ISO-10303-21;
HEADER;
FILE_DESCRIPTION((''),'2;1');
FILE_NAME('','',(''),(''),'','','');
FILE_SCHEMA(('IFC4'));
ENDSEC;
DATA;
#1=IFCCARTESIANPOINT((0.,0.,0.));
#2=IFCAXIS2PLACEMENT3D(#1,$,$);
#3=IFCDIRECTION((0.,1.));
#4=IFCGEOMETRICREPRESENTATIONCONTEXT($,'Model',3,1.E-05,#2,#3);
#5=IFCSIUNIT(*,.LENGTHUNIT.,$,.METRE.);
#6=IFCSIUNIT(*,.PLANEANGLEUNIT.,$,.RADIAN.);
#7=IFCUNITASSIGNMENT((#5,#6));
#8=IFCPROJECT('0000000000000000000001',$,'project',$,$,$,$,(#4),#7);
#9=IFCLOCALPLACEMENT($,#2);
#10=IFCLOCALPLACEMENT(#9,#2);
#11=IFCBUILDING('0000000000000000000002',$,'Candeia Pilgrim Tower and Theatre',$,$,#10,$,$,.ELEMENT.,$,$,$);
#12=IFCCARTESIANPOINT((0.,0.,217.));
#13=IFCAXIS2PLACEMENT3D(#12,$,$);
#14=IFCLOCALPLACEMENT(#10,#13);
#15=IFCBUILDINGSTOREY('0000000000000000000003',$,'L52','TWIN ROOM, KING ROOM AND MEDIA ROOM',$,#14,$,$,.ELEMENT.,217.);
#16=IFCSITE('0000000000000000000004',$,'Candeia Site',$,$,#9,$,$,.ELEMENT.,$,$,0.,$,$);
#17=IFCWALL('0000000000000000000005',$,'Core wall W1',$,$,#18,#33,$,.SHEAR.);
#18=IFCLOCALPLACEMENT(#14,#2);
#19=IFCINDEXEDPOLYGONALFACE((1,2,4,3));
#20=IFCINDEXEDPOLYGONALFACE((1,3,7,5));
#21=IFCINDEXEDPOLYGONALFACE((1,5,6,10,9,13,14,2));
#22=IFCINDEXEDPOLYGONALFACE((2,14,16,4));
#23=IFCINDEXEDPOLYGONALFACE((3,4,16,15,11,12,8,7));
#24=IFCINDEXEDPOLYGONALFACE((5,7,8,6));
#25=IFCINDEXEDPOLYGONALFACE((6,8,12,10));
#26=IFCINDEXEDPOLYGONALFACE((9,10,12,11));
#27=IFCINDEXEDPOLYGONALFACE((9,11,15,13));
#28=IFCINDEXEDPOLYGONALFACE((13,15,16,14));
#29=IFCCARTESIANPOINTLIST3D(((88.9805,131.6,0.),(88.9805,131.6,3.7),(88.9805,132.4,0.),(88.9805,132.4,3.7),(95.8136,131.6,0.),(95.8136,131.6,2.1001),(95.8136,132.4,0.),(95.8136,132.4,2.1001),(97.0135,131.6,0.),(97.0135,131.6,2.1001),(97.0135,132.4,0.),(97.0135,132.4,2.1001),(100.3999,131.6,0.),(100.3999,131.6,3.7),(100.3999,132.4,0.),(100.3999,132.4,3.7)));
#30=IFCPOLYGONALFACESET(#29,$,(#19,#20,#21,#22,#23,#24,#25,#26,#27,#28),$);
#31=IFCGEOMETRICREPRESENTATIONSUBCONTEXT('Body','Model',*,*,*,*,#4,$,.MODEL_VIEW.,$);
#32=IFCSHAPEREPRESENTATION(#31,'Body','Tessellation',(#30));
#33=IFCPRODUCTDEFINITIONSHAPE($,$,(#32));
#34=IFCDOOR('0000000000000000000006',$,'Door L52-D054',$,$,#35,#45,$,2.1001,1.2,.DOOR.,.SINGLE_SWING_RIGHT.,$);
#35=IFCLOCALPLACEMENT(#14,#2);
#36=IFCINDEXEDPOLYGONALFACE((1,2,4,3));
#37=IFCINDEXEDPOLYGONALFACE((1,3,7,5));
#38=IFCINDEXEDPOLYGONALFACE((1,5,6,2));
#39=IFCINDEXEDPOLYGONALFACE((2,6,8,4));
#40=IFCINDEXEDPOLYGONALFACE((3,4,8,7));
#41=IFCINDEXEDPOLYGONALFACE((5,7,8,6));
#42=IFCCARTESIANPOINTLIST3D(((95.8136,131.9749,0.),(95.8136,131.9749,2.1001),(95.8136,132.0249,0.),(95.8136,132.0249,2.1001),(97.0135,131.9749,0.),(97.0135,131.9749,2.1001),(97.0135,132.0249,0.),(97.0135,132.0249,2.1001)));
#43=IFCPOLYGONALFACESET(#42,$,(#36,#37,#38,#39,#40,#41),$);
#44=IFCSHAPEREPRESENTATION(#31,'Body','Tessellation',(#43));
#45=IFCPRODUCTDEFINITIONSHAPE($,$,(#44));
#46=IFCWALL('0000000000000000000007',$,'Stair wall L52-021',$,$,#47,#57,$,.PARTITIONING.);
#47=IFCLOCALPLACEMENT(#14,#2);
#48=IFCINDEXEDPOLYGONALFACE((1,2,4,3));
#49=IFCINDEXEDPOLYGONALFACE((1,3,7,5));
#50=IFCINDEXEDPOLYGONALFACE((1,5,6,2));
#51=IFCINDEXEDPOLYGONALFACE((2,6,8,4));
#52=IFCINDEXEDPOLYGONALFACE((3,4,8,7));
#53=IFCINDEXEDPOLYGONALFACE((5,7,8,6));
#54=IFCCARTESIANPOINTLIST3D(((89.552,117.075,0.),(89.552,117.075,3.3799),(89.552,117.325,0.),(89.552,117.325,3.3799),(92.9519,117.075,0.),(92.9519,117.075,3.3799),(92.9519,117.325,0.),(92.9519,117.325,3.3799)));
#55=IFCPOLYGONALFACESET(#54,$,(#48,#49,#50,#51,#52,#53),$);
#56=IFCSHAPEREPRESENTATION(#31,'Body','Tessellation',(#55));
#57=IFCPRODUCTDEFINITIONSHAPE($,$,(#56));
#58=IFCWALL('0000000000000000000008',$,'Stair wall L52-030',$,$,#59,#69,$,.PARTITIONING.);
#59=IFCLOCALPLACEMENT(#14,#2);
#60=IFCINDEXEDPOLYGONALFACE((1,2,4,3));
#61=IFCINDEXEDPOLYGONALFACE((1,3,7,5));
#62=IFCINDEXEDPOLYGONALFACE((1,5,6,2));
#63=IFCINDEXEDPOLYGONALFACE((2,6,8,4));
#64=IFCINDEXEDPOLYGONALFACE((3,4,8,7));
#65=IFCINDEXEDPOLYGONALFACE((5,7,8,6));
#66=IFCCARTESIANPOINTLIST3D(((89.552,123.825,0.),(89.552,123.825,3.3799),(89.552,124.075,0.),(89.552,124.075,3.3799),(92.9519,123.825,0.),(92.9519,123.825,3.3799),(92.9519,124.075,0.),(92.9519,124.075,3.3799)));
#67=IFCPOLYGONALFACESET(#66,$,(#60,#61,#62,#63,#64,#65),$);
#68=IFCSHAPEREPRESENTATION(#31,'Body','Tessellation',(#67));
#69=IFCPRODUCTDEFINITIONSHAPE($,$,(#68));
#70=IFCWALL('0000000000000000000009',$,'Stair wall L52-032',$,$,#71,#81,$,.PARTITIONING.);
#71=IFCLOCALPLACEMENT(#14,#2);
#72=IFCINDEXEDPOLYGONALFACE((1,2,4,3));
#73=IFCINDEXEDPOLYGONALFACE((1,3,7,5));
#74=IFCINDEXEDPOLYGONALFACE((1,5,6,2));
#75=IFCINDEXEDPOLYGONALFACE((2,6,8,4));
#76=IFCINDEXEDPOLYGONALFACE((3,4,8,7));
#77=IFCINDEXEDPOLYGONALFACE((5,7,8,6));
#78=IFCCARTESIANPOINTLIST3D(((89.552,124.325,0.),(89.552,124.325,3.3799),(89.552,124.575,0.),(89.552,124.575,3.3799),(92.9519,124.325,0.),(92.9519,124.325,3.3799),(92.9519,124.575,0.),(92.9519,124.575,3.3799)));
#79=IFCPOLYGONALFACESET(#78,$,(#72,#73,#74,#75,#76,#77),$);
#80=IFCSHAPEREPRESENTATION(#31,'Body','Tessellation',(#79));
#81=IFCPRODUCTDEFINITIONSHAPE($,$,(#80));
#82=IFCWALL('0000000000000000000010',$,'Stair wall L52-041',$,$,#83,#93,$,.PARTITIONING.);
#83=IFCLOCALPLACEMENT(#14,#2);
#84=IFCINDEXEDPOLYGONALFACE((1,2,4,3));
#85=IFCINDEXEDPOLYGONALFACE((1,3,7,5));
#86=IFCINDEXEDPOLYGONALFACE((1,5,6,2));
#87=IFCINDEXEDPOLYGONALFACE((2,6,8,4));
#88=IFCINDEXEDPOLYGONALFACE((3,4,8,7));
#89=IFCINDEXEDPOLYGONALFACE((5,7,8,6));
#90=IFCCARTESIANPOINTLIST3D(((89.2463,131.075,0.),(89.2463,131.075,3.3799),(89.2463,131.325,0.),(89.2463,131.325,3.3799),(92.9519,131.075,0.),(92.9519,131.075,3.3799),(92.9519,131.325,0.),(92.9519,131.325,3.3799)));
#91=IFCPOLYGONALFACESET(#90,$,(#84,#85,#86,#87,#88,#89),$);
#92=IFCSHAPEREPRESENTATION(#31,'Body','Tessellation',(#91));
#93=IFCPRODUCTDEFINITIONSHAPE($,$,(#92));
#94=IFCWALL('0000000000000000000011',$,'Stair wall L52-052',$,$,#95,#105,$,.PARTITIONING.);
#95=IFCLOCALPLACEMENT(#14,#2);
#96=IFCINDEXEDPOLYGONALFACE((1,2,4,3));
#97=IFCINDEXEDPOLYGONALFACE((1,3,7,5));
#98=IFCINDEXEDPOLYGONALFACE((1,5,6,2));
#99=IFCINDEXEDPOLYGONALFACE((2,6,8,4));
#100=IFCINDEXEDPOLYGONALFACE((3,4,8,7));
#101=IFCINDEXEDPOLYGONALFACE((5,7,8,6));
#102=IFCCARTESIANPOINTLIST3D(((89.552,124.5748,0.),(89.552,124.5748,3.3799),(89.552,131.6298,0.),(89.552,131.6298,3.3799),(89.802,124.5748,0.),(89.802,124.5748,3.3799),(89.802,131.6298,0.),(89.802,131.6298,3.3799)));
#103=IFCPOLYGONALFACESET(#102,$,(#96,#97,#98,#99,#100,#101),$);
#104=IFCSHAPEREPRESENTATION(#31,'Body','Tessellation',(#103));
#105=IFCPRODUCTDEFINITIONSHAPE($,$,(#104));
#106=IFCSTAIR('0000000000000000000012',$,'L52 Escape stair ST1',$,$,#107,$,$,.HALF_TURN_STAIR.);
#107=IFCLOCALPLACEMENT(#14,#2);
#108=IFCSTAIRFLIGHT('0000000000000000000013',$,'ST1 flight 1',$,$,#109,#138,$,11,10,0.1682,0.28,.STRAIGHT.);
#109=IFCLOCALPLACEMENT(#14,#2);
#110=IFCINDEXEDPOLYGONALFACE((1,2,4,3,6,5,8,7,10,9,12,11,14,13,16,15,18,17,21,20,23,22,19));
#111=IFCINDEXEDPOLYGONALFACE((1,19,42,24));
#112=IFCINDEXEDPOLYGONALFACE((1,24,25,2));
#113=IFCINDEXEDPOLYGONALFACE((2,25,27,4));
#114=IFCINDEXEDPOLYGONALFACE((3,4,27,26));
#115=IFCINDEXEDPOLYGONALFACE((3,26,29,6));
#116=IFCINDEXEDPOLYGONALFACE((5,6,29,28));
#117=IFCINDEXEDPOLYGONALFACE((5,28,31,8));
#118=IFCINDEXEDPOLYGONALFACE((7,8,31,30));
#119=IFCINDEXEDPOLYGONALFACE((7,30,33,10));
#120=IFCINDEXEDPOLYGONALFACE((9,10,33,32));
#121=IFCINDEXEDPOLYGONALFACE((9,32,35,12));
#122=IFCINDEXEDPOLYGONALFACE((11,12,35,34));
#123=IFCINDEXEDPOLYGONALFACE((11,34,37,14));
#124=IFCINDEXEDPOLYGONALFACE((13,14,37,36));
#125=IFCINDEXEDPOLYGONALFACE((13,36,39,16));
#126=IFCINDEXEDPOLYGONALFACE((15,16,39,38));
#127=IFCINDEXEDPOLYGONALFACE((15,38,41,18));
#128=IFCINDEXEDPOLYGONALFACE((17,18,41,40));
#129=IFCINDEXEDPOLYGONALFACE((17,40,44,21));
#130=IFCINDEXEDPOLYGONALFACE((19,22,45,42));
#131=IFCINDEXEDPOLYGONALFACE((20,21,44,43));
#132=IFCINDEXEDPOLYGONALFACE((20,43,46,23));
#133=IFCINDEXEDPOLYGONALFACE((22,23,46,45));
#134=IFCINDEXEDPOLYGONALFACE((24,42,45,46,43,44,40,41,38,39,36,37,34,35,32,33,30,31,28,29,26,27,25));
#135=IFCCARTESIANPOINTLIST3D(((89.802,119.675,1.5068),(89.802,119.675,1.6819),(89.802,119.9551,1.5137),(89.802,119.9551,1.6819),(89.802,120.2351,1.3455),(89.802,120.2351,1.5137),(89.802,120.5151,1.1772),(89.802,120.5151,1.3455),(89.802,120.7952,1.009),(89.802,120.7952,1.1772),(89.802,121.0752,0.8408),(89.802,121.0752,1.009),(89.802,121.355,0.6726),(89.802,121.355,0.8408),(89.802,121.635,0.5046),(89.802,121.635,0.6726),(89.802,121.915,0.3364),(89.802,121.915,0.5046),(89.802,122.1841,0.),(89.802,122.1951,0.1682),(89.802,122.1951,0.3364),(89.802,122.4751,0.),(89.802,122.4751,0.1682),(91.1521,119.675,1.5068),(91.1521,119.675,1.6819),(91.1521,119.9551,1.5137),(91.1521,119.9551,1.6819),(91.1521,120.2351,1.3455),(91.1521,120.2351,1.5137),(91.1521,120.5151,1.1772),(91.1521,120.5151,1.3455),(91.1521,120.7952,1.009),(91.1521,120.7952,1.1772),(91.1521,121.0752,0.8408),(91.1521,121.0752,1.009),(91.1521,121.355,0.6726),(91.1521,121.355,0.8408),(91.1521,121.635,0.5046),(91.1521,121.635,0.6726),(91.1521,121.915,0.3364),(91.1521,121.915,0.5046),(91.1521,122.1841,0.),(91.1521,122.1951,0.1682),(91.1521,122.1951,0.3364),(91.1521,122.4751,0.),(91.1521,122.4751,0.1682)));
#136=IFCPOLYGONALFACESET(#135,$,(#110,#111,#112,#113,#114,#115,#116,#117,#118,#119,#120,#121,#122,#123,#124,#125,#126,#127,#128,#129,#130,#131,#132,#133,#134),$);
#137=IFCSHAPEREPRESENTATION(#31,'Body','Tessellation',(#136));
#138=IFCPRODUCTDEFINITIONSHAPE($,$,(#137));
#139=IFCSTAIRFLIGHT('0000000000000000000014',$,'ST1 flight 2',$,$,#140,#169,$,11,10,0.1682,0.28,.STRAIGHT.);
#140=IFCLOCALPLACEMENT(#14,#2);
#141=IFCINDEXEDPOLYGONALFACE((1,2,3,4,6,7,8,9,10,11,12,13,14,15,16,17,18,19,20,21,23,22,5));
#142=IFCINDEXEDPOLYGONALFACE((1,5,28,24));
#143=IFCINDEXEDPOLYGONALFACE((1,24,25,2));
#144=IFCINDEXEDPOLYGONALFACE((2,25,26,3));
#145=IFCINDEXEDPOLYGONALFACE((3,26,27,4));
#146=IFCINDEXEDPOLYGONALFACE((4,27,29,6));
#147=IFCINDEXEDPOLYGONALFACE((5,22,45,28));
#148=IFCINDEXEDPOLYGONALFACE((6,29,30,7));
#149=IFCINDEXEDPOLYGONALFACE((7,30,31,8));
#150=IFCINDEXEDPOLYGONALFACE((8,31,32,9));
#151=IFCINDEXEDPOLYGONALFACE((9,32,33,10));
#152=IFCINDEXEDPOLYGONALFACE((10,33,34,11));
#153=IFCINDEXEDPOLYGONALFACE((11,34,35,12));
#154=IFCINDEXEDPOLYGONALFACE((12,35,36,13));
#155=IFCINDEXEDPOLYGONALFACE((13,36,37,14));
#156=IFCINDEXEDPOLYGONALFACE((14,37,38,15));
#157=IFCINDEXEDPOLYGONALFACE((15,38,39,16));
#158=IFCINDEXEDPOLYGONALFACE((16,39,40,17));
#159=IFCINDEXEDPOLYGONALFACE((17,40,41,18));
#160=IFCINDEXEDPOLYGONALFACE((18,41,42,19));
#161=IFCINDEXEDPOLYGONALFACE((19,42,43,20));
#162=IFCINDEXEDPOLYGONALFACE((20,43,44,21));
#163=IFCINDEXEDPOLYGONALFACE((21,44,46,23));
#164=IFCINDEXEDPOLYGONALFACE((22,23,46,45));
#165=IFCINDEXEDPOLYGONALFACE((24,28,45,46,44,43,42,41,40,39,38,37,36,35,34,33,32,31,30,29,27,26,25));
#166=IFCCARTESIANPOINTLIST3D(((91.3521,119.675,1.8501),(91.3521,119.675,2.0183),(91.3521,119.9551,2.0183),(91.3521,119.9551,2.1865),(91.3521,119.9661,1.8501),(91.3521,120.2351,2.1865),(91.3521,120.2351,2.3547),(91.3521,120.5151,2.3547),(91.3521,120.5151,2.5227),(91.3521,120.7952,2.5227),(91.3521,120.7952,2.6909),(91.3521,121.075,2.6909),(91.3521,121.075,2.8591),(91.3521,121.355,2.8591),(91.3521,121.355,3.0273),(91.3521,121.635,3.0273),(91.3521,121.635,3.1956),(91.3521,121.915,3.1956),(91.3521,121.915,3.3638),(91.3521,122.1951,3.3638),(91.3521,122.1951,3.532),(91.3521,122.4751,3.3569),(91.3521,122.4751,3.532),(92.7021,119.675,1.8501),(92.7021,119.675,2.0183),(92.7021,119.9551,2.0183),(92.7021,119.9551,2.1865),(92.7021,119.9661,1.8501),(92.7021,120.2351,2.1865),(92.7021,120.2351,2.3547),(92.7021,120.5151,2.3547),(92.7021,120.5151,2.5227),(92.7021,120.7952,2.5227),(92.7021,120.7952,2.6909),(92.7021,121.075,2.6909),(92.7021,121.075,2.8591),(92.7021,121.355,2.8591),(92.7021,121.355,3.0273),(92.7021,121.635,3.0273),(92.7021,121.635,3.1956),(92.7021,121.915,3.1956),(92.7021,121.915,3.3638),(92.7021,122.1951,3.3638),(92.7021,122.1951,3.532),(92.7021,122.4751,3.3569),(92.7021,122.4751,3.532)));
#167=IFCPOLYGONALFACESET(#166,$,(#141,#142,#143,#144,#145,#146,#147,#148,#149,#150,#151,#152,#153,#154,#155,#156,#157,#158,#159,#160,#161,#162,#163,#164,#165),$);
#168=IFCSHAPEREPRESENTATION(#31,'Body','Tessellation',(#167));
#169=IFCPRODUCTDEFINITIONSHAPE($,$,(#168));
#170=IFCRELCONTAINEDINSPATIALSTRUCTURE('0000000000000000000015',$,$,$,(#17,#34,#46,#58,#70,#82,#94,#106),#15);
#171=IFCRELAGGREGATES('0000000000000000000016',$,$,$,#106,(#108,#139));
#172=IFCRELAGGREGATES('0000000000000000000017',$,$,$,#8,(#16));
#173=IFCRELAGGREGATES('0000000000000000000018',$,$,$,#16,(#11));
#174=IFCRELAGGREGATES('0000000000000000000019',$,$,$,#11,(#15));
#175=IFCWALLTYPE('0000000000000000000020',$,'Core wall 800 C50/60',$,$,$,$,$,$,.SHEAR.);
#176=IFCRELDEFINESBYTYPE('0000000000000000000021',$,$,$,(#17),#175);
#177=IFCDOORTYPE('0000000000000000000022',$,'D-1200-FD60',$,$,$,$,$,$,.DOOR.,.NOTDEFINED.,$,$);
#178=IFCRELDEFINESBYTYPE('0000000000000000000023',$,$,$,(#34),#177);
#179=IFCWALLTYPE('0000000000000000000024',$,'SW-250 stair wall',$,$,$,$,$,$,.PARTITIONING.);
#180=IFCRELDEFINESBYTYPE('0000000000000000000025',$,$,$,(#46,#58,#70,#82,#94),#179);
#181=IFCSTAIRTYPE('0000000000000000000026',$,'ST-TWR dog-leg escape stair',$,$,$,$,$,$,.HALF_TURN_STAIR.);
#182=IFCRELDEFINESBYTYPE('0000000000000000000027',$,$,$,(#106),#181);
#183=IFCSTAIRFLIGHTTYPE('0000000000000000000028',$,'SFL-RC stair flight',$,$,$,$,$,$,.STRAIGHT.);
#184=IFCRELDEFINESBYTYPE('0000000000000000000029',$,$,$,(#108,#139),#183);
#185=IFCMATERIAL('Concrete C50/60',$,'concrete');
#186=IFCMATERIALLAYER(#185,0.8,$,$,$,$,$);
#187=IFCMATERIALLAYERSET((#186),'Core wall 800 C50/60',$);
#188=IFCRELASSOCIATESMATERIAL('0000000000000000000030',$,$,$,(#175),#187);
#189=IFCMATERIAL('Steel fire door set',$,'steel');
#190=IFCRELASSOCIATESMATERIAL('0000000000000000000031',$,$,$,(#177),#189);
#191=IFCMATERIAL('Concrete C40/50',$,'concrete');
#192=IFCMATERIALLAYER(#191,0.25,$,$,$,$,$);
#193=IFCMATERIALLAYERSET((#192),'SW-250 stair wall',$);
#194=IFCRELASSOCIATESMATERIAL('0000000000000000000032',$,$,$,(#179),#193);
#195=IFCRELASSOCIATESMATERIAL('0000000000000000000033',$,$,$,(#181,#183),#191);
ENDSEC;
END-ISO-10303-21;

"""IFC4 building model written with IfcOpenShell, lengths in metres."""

from ifc_helpers import new_model, si_unit, direction, frame, frame_2d, origin, place, context, subcontext, project, spatial, polyline, rectangle, outline, extrude, material, layer, layer_set, type_object, element, fill, aggregate, save


model = new_model("IFC4")

# Units and contexts
model_context = context("Model", 3, precision=1e-05, world=origin(), true_north=direction((0.0, 1.0)))
body_context = subcontext(model_context, "Body", "Model", "MODEL_VIEW")
ifc_project = project(units=[si_unit("LENGTHUNIT", "METRE"), si_unit("PLANEANGLEUNIT", "RADIAN")], contexts=[model_context])

# Site, building, storey
site_placement = place(None, origin())
site = spatial("IfcSite", under=ifc_project, at=site_placement, Name="Candeia Site", CompositionType="ELEMENT", RefElevation=0.0)
building_placement = place(site_placement, origin())
building = spatial("IfcBuilding", under=site, at=building_placement, Name="Candeia Pilgrim Tower and Theatre", CompositionType="ELEMENT")
storey_placement = place(building_placement, frame((0.0, 0.0, 217.0)))
storey = spatial("IfcBuildingStorey", under=building, at=storey_placement, Name="L52", Description="TWIN ROOM, KING ROOM AND MEDIA ROOM", CompositionType="ELEMENT", Elevation=217.0)

# Wall, opening, door
ifc_material_1 = material(Name="Concrete C50/60", Category="concrete")
ifc_layer_1 = layer(ifc_material_1, 0.8)
ifc_layer_set_1 = layer_set([ifc_layer_1], Name="Core wall 800 C50/60")
wall_type_1 = type_object("IfcWallType", Name="Core wall 800 C50/60", PredefinedType="SHEAR", material=ifc_layer_set_1)
wall_1_placement = place(storey_placement, frame((88.9805, 132.0, 0.0), z_axis=(0.0, 0.0, 1.0), x_axis=(1.0, 0.0, 0.0)))
wall_1 = element("IfcWall", 1, at=wall_1_placement, inside=storey, type_object=wall_type_1, Name="Core wall W1", PredefinedType="SHEAR", context=body_context, shape_type="SweptSolid", body=[
    extrude(rectangle(XDim=11.4194, YDim=0.8, at=frame_2d((5.7097, 0.0))), origin(), (0.0, 0.0, 1.0), 3.7),
])
opening_placement = place(wall_1_placement, frame((6.833, 0.0, 0.0)))
opening = element("IfcOpeningElement", 2, at=opening_placement, cuts=wall_1, PredefinedType="OPENING", context=body_context, shape_type="SweptSolid", body=[
    extrude(rectangle(XDim=1.2, YDim=2.1001, at=frame_2d((0.6001, 1.05))), frame((0.0, 0.4102, 0.0), z_axis=(0.0, -1.0, 0.0), x_axis=(1.0, 0.0, 0.0)), (0.0, 0.0, 1.0), 0.8201),
])
ifc_material_2 = material(Name="Steel fire door set", Category="steel")
door_type = type_object("IfcDoorType", Name="D-1200-FD60", OperationType="NOTDEFINED", PredefinedType="DOOR", material=ifc_material_2)
door_placement = place(opening_placement, origin())
door = element("IfcDoor", 3, at=door_placement, inside=storey, type_object=door_type, Name="Door L52-D054", OperationType="SINGLE_SWING_RIGHT", OverallHeight=2.1001, OverallWidth=1.2, PredefinedType="DOOR", context=body_context, shape_type="SweptSolid", body=[
    extrude(rectangle(XDim=1.2, YDim=2.1001, at=frame_2d((0.6001, 1.05))), frame((0.0, 0.0249, 0.0), z_axis=(0.0, -1.0, 0.0), x_axis=(1.0, 0.0, 0.0)), (0.0, 0.0, 1.0), 0.05),
])
fill(opening, door)

# Walls
ifc_material_3 = material(Name="Concrete C40/50", Category="concrete")
ifc_layer_2 = layer(ifc_material_3, 0.25)
ifc_layer_set_2 = layer_set([ifc_layer_2], Name="SW-250 stair wall")
wall_type_2 = type_object("IfcWallType", Name="SW-250 stair wall", PredefinedType="PARTITIONING", material=ifc_layer_set_2)
for number, where, z_axis, x_axis, name in (
    (4, (89.552, 117.2, 0.0), (0.0, 0.0, 1.0), (1.0, 0.0, 0.0), "Stair wall L52-021"),
    (5, (89.552, 123.95, 0.0), (0.0, 0.0, 1.0), (1.0, 0.0, 0.0), "Stair wall L52-030"),
    (6, (89.552, 124.45, 0.0), (0.0, 0.0, 1.0), (1.0, 0.0, 0.0), "Stair wall L52-032"),
):
    element("IfcWall", number, at=place(storey_placement, frame(where, z_axis=z_axis, x_axis=x_axis)), inside=storey, type_object=wall_type_2, Name=name, PredefinedType="PARTITIONING", context=body_context, shape_type="SweptSolid", body=[
        extrude(rectangle(XDim=3.3999, YDim=0.25, at=frame_2d((1.7, 0.0))), origin(), (0.0, 0.0, 1.0), 3.3799),
    ])
wall_2_placement = place(storey_placement, frame((89.2463, 131.2, 0.0), z_axis=(0.0, 0.0, 1.0), x_axis=(1.0, 0.0, 0.0)))
element("IfcWall", 7, at=wall_2_placement, inside=storey, type_object=wall_type_2, Name="Stair wall L52-041", PredefinedType="PARTITIONING", context=body_context, shape_type="SweptSolid", body=[
    extrude(rectangle(XDim=3.7056, YDim=0.25, at=frame_2d((1.8528, 0.0))), origin(), (0.0, 0.0, 1.0), 3.3799),
])
wall_3_placement = place(storey_placement, frame((89.677, 124.575, 0.0), z_axis=(0.0, 0.0, 1.0), x_axis=(0.0, 1.0, 0.0)))
element("IfcWall", 8, at=wall_3_placement, inside=storey, type_object=wall_type_2, Name="Stair wall L52-052", PredefinedType="PARTITIONING", context=body_context, shape_type="SweptSolid", body=[
    extrude(rectangle(XDim=7.0549, YDim=0.25, at=frame_2d((3.5273, 0.0))), origin(), (0.0, 0.0, 1.0), 3.3799),
])

# Stair, stair flights
stair_type = type_object("IfcStairType", Name="ST-TWR dog-leg escape stair", PredefinedType="HALF_TURN_STAIR", material=ifc_material_3)
stair_1_placement = place(storey_placement, origin())
stair_1 = element("IfcStair", 9, at=stair_1_placement, inside=storey, type_object=stair_type, Name="L52 Escape stair ST1", PredefinedType="HALF_TURN_STAIR")
stair_flight_type = type_object("IfcStairFlightType", Name="SFL-RC stair flight", PredefinedType="STRAIGHT", material=ifc_material_3)
stair_flight_1_placement = place(storey_placement, frame((90.4771, 122.4751, 0.0), z_axis=(0.0, 0.0, 1.0), x_axis=(0.0, -1.0, 0.0)))
stair_flight_1 = element("IfcStairFlight", 10, at=stair_flight_1_placement, type_object=stair_flight_type, Name="ST1 flight 1", NumberOfRisers=11, NumberOfTreads=10, PredefinedType="STRAIGHT", RiserHeight=0.1682, TreadLength=0.28, context=body_context, shape_type="SweptSolid", body=[
    extrude(outline(polyline([(0.0, 0.0), (0.0, 0.1682), (0.28, 0.1682), (0.28, 0.3364), (0.5601, 0.3364), (0.5601, 0.5046), (0.8401, 0.5046), (0.8401, 0.6726), (1.1201, 0.6726), (1.1201, 0.8408), (1.3999, 0.8408), (1.3999, 1.009), (1.6799, 1.009), (1.6799, 1.1772), (1.96, 1.1772), (1.96, 1.3455), (2.24, 1.3455), (2.24, 1.5137), (2.52, 1.5137), (2.52, 1.6819), (2.8, 1.6819), (2.8, 1.8501), (2.8, 1.5068), (0.291, 0.0), (0.0, 0.0)])), frame((0.0, 0.675, 0.0), z_axis=(0.0, -1.0, 0.0), x_axis=(1.0, 0.0, 0.0)), (0.0, 0.0, 1.0), 1.3501),
])
stair_flight_2_placement = place(storey_placement, frame((92.0271, 119.675, 1.8501), z_axis=(0.0, 0.0, 1.0), x_axis=(0.0, 1.0, 0.0)))
stair_flight_2 = element("IfcStairFlight", 11, at=stair_flight_2_placement, type_object=stair_flight_type, Name="ST1 flight 2", NumberOfRisers=11, NumberOfTreads=10, PredefinedType="STRAIGHT", RiserHeight=0.1682, TreadLength=0.28, context=body_context, shape_type="SweptSolid", body=[
    extrude(outline(polyline([(0.0, 0.0), (0.0, 0.1682), (0.28, 0.1682), (0.28, 0.3364), (0.5601, 0.3364), (0.5601, 0.5046), (0.8401, 0.5046), (0.8401, 0.6726), (1.1201, 0.6726), (1.1201, 0.8408), (1.3999, 0.8408), (1.3999, 1.009), (1.6799, 1.009), (1.6799, 1.1772), (1.96, 1.1772), (1.96, 1.3455), (2.24, 1.3455), (2.24, 1.5137), (2.52, 1.5137), (2.52, 1.6819), (2.8, 1.6819), (2.8, 1.8501), (2.8, 1.5068), (0.291, 0.0), (0.0, 0.0)])), frame((0.0, 0.675, 0.0), z_axis=(0.0, -1.0, 0.0), x_axis=(1.0, 0.0, 0.0)), (0.0, 0.0, 1.0), 1.3501),
])
aggregate(stair_1, [stair_flight_1, stair_flight_2])

save(model, "model.ifc")
